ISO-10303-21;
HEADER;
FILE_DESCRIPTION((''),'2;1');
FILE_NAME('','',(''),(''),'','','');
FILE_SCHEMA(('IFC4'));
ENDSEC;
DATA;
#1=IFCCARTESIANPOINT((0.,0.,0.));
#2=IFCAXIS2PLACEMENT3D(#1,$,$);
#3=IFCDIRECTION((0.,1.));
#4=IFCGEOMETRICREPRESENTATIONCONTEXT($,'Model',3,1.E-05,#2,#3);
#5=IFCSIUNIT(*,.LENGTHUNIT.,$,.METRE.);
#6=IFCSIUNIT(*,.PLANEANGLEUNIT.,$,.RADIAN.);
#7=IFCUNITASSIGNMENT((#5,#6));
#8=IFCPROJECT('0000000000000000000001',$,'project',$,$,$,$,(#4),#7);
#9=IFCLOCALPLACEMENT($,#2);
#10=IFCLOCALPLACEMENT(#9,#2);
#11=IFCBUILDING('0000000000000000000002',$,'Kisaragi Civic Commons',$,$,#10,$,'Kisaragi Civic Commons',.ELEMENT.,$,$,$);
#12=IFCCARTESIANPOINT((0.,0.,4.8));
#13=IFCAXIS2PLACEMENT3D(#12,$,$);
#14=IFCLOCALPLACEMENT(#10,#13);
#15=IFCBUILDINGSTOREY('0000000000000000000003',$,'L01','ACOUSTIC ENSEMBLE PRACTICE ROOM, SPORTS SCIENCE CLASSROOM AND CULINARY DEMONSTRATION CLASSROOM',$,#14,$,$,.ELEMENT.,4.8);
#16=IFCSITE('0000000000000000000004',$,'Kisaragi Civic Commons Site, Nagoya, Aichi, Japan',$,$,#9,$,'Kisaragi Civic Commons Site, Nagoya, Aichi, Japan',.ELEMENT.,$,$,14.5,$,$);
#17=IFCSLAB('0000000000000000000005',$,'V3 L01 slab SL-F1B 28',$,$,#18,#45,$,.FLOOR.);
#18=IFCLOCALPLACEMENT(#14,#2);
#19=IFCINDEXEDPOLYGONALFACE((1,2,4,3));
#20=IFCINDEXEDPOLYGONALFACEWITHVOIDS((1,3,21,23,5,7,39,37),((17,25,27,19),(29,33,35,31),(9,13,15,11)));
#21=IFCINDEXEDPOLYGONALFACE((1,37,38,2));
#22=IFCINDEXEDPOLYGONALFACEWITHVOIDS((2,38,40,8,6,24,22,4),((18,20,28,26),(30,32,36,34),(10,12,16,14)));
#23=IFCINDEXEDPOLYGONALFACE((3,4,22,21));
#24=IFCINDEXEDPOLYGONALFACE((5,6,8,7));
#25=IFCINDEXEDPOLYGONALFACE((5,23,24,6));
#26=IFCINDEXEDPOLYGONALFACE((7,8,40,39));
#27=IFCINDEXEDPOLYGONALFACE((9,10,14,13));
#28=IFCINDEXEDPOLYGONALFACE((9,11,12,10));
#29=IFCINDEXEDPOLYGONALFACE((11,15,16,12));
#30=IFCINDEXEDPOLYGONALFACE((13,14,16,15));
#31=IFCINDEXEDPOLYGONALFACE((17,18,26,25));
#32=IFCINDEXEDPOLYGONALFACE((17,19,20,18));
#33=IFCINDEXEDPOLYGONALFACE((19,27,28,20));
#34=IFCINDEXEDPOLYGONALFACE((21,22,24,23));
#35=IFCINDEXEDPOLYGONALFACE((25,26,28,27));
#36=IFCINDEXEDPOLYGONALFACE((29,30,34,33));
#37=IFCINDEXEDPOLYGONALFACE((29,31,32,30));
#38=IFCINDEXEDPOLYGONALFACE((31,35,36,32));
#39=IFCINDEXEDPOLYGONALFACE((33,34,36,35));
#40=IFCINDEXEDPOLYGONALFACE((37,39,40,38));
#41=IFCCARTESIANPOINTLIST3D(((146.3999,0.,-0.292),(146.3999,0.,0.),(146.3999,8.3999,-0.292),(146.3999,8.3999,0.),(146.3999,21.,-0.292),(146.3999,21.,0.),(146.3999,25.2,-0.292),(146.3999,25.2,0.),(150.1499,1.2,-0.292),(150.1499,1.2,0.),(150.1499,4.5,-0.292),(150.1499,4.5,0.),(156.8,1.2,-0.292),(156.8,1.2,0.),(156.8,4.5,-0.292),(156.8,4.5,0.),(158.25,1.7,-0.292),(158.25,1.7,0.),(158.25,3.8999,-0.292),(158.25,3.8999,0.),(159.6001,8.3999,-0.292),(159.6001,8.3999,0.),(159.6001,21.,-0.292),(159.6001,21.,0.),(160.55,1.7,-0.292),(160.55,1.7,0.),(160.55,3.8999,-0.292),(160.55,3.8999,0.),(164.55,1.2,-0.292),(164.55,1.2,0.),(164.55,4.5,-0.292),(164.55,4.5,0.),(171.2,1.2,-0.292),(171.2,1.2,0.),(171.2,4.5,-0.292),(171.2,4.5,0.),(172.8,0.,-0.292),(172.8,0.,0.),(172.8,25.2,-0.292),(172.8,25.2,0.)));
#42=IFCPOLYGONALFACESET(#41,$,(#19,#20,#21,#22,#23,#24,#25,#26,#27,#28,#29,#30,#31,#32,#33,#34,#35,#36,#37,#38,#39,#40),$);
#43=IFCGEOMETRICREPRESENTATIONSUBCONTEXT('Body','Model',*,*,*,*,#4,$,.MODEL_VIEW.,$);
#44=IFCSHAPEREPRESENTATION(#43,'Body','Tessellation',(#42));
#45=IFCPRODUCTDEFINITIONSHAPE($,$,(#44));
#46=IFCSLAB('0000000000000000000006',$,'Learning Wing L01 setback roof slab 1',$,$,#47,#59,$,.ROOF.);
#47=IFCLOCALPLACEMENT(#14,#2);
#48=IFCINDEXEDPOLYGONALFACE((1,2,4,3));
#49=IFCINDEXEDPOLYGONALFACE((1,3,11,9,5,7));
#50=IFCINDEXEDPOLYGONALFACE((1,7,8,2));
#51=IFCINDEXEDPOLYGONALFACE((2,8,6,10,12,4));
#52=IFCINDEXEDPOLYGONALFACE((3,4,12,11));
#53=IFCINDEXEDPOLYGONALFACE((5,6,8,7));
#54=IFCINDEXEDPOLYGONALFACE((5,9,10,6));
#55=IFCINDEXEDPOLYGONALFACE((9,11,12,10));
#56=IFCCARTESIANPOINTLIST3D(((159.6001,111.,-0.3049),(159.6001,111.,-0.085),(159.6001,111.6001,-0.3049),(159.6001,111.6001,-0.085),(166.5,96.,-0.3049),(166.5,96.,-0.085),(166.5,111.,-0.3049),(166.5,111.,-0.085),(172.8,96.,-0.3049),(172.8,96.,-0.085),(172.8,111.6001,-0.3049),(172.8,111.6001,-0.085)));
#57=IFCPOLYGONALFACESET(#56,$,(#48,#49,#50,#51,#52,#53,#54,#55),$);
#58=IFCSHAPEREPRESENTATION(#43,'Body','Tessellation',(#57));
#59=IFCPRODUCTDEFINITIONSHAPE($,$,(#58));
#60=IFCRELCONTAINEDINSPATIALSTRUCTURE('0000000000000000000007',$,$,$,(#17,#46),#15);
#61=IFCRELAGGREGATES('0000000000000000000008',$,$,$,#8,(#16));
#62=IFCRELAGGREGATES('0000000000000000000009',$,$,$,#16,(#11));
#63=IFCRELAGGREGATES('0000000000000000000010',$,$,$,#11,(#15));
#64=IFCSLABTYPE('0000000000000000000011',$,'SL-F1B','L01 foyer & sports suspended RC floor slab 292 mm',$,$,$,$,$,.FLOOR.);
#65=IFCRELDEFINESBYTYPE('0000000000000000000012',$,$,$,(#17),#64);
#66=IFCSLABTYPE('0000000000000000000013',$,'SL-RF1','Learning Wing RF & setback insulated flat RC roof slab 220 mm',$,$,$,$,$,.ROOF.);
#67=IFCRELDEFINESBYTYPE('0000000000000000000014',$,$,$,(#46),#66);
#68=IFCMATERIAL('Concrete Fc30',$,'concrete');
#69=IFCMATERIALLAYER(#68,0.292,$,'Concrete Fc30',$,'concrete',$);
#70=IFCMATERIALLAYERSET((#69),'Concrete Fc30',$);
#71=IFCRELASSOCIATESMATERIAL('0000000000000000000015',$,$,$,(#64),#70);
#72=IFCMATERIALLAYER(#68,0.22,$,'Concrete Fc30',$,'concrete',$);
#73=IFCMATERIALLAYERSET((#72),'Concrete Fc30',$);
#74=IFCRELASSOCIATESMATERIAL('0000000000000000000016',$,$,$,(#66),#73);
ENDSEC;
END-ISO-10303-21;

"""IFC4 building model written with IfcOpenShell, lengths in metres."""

from ifc_helpers import new_model, si_unit, direction, frame, origin, place, context, subcontext, project, spatial, polyline, outline, extrude, material, layer, layer_set, type_object, element, save


model = new_model("IFC4")

# Units and contexts
model_context = context("Model", 3, precision=1e-05, world=origin(), true_north=direction((0.0, 1.0)))
body_context = subcontext(model_context, "Body", "Model", "MODEL_VIEW")
ifc_project = project(units=[si_unit("LENGTHUNIT", "METRE"), si_unit("PLANEANGLEUNIT", "RADIAN")], contexts=[model_context])

# Site, building, storey
site_placement = place(None, origin())
site = spatial("IfcSite", under=ifc_project, at=site_placement, Name="Kisaragi Civic Commons Site, Nagoya, Aichi, Japan", LongName="Kisaragi Civic Commons Site, Nagoya, Aichi, Japan", CompositionType="ELEMENT", RefElevation=14.5)
building_placement = place(site_placement, origin())
building = spatial("IfcBuilding", under=site, at=building_placement, Name="Kisaragi Civic Commons", LongName="Kisaragi Civic Commons", CompositionType="ELEMENT")
storey_placement = place(building_placement, frame((0.0, 0.0, 4.8)))
storey = spatial("IfcBuildingStorey", under=building, at=storey_placement, Name="L01", Description="ACOUSTIC ENSEMBLE PRACTICE ROOM, SPORTS SCIENCE CLASSROOM AND CULINARY DEMONSTRATION CLASSROOM", CompositionType="ELEMENT", Elevation=4.8)

# Slabs
ifc_material = material(Name="Concrete Fc30", Category="concrete")
ifc_layer_1 = layer(ifc_material, 0.292, Name="Concrete Fc30", Category="concrete")
ifc_layer_set_1 = layer_set([ifc_layer_1], Name="Concrete Fc30")
slab_type_1 = type_object("IfcSlabType", Name="SL-F1B", Description="L01 foyer & sports suspended RC floor slab 292 mm", PredefinedType="FLOOR", material=ifc_layer_set_1)
slab_1_placement = place(storey_placement, frame((0.0, 0.0, -0.292)))
element("IfcSlab", 1, at=slab_1_placement, inside=storey, type_object=slab_type_1, Name="V3 L01 slab SL-F1B 28", PredefinedType="FLOOR", context=body_context, shape_type="SweptSolid", body=[
    extrude(outline(polyline([(146.3999, 25.2), (146.3999, 21.0), (159.6001, 21.0), (159.6001, 8.3999), (146.3999, 8.3999), (146.3999, 0.0), (172.8, 0.0), (172.8, 25.2), (146.3999, 25.2)]), holes=[polyline([(158.25, 1.7), (160.55, 1.7), (160.55, 3.8999), (158.25, 3.8999), (158.25, 1.7)]), polyline([(150.1499, 1.2), (156.8, 1.2), (156.8, 4.5), (150.1499, 4.5), (150.1499, 1.2)]), polyline([(164.55, 1.2), (171.2, 1.2), (171.2, 4.5), (164.55, 4.5), (164.55, 1.2)])]), origin(), (0.0, 0.0, 1.0), 0.292),
])
ifc_layer_2 = layer(ifc_material, 0.22, Name="Concrete Fc30", Category="concrete")
ifc_layer_set_2 = layer_set([ifc_layer_2], Name="Concrete Fc30")
slab_type_2 = type_object("IfcSlabType", Name="SL-RF1", Description="Learning Wing RF & setback insulated flat RC roof slab 220 mm", PredefinedType="ROOF", material=ifc_layer_set_2)
slab_2_placement = place(storey_placement, frame((0.0, 0.0, -0.3049)))
element("IfcSlab", 2, at=slab_2_placement, inside=storey, type_object=slab_type_2, Name="Learning Wing L01 setback roof slab 1", PredefinedType="ROOF", context=body_context, shape_type="SweptSolid", body=[
    extrude(outline(polyline([(172.8, 111.6001), (159.6001, 111.6001), (159.6001, 111.0), (166.5, 111.0), (166.5, 96.0), (172.8, 96.0), (172.8, 111.6001)])), origin(), (0.0, 0.0, 1.0), 0.22),
])

save(model, "model.ifc")
